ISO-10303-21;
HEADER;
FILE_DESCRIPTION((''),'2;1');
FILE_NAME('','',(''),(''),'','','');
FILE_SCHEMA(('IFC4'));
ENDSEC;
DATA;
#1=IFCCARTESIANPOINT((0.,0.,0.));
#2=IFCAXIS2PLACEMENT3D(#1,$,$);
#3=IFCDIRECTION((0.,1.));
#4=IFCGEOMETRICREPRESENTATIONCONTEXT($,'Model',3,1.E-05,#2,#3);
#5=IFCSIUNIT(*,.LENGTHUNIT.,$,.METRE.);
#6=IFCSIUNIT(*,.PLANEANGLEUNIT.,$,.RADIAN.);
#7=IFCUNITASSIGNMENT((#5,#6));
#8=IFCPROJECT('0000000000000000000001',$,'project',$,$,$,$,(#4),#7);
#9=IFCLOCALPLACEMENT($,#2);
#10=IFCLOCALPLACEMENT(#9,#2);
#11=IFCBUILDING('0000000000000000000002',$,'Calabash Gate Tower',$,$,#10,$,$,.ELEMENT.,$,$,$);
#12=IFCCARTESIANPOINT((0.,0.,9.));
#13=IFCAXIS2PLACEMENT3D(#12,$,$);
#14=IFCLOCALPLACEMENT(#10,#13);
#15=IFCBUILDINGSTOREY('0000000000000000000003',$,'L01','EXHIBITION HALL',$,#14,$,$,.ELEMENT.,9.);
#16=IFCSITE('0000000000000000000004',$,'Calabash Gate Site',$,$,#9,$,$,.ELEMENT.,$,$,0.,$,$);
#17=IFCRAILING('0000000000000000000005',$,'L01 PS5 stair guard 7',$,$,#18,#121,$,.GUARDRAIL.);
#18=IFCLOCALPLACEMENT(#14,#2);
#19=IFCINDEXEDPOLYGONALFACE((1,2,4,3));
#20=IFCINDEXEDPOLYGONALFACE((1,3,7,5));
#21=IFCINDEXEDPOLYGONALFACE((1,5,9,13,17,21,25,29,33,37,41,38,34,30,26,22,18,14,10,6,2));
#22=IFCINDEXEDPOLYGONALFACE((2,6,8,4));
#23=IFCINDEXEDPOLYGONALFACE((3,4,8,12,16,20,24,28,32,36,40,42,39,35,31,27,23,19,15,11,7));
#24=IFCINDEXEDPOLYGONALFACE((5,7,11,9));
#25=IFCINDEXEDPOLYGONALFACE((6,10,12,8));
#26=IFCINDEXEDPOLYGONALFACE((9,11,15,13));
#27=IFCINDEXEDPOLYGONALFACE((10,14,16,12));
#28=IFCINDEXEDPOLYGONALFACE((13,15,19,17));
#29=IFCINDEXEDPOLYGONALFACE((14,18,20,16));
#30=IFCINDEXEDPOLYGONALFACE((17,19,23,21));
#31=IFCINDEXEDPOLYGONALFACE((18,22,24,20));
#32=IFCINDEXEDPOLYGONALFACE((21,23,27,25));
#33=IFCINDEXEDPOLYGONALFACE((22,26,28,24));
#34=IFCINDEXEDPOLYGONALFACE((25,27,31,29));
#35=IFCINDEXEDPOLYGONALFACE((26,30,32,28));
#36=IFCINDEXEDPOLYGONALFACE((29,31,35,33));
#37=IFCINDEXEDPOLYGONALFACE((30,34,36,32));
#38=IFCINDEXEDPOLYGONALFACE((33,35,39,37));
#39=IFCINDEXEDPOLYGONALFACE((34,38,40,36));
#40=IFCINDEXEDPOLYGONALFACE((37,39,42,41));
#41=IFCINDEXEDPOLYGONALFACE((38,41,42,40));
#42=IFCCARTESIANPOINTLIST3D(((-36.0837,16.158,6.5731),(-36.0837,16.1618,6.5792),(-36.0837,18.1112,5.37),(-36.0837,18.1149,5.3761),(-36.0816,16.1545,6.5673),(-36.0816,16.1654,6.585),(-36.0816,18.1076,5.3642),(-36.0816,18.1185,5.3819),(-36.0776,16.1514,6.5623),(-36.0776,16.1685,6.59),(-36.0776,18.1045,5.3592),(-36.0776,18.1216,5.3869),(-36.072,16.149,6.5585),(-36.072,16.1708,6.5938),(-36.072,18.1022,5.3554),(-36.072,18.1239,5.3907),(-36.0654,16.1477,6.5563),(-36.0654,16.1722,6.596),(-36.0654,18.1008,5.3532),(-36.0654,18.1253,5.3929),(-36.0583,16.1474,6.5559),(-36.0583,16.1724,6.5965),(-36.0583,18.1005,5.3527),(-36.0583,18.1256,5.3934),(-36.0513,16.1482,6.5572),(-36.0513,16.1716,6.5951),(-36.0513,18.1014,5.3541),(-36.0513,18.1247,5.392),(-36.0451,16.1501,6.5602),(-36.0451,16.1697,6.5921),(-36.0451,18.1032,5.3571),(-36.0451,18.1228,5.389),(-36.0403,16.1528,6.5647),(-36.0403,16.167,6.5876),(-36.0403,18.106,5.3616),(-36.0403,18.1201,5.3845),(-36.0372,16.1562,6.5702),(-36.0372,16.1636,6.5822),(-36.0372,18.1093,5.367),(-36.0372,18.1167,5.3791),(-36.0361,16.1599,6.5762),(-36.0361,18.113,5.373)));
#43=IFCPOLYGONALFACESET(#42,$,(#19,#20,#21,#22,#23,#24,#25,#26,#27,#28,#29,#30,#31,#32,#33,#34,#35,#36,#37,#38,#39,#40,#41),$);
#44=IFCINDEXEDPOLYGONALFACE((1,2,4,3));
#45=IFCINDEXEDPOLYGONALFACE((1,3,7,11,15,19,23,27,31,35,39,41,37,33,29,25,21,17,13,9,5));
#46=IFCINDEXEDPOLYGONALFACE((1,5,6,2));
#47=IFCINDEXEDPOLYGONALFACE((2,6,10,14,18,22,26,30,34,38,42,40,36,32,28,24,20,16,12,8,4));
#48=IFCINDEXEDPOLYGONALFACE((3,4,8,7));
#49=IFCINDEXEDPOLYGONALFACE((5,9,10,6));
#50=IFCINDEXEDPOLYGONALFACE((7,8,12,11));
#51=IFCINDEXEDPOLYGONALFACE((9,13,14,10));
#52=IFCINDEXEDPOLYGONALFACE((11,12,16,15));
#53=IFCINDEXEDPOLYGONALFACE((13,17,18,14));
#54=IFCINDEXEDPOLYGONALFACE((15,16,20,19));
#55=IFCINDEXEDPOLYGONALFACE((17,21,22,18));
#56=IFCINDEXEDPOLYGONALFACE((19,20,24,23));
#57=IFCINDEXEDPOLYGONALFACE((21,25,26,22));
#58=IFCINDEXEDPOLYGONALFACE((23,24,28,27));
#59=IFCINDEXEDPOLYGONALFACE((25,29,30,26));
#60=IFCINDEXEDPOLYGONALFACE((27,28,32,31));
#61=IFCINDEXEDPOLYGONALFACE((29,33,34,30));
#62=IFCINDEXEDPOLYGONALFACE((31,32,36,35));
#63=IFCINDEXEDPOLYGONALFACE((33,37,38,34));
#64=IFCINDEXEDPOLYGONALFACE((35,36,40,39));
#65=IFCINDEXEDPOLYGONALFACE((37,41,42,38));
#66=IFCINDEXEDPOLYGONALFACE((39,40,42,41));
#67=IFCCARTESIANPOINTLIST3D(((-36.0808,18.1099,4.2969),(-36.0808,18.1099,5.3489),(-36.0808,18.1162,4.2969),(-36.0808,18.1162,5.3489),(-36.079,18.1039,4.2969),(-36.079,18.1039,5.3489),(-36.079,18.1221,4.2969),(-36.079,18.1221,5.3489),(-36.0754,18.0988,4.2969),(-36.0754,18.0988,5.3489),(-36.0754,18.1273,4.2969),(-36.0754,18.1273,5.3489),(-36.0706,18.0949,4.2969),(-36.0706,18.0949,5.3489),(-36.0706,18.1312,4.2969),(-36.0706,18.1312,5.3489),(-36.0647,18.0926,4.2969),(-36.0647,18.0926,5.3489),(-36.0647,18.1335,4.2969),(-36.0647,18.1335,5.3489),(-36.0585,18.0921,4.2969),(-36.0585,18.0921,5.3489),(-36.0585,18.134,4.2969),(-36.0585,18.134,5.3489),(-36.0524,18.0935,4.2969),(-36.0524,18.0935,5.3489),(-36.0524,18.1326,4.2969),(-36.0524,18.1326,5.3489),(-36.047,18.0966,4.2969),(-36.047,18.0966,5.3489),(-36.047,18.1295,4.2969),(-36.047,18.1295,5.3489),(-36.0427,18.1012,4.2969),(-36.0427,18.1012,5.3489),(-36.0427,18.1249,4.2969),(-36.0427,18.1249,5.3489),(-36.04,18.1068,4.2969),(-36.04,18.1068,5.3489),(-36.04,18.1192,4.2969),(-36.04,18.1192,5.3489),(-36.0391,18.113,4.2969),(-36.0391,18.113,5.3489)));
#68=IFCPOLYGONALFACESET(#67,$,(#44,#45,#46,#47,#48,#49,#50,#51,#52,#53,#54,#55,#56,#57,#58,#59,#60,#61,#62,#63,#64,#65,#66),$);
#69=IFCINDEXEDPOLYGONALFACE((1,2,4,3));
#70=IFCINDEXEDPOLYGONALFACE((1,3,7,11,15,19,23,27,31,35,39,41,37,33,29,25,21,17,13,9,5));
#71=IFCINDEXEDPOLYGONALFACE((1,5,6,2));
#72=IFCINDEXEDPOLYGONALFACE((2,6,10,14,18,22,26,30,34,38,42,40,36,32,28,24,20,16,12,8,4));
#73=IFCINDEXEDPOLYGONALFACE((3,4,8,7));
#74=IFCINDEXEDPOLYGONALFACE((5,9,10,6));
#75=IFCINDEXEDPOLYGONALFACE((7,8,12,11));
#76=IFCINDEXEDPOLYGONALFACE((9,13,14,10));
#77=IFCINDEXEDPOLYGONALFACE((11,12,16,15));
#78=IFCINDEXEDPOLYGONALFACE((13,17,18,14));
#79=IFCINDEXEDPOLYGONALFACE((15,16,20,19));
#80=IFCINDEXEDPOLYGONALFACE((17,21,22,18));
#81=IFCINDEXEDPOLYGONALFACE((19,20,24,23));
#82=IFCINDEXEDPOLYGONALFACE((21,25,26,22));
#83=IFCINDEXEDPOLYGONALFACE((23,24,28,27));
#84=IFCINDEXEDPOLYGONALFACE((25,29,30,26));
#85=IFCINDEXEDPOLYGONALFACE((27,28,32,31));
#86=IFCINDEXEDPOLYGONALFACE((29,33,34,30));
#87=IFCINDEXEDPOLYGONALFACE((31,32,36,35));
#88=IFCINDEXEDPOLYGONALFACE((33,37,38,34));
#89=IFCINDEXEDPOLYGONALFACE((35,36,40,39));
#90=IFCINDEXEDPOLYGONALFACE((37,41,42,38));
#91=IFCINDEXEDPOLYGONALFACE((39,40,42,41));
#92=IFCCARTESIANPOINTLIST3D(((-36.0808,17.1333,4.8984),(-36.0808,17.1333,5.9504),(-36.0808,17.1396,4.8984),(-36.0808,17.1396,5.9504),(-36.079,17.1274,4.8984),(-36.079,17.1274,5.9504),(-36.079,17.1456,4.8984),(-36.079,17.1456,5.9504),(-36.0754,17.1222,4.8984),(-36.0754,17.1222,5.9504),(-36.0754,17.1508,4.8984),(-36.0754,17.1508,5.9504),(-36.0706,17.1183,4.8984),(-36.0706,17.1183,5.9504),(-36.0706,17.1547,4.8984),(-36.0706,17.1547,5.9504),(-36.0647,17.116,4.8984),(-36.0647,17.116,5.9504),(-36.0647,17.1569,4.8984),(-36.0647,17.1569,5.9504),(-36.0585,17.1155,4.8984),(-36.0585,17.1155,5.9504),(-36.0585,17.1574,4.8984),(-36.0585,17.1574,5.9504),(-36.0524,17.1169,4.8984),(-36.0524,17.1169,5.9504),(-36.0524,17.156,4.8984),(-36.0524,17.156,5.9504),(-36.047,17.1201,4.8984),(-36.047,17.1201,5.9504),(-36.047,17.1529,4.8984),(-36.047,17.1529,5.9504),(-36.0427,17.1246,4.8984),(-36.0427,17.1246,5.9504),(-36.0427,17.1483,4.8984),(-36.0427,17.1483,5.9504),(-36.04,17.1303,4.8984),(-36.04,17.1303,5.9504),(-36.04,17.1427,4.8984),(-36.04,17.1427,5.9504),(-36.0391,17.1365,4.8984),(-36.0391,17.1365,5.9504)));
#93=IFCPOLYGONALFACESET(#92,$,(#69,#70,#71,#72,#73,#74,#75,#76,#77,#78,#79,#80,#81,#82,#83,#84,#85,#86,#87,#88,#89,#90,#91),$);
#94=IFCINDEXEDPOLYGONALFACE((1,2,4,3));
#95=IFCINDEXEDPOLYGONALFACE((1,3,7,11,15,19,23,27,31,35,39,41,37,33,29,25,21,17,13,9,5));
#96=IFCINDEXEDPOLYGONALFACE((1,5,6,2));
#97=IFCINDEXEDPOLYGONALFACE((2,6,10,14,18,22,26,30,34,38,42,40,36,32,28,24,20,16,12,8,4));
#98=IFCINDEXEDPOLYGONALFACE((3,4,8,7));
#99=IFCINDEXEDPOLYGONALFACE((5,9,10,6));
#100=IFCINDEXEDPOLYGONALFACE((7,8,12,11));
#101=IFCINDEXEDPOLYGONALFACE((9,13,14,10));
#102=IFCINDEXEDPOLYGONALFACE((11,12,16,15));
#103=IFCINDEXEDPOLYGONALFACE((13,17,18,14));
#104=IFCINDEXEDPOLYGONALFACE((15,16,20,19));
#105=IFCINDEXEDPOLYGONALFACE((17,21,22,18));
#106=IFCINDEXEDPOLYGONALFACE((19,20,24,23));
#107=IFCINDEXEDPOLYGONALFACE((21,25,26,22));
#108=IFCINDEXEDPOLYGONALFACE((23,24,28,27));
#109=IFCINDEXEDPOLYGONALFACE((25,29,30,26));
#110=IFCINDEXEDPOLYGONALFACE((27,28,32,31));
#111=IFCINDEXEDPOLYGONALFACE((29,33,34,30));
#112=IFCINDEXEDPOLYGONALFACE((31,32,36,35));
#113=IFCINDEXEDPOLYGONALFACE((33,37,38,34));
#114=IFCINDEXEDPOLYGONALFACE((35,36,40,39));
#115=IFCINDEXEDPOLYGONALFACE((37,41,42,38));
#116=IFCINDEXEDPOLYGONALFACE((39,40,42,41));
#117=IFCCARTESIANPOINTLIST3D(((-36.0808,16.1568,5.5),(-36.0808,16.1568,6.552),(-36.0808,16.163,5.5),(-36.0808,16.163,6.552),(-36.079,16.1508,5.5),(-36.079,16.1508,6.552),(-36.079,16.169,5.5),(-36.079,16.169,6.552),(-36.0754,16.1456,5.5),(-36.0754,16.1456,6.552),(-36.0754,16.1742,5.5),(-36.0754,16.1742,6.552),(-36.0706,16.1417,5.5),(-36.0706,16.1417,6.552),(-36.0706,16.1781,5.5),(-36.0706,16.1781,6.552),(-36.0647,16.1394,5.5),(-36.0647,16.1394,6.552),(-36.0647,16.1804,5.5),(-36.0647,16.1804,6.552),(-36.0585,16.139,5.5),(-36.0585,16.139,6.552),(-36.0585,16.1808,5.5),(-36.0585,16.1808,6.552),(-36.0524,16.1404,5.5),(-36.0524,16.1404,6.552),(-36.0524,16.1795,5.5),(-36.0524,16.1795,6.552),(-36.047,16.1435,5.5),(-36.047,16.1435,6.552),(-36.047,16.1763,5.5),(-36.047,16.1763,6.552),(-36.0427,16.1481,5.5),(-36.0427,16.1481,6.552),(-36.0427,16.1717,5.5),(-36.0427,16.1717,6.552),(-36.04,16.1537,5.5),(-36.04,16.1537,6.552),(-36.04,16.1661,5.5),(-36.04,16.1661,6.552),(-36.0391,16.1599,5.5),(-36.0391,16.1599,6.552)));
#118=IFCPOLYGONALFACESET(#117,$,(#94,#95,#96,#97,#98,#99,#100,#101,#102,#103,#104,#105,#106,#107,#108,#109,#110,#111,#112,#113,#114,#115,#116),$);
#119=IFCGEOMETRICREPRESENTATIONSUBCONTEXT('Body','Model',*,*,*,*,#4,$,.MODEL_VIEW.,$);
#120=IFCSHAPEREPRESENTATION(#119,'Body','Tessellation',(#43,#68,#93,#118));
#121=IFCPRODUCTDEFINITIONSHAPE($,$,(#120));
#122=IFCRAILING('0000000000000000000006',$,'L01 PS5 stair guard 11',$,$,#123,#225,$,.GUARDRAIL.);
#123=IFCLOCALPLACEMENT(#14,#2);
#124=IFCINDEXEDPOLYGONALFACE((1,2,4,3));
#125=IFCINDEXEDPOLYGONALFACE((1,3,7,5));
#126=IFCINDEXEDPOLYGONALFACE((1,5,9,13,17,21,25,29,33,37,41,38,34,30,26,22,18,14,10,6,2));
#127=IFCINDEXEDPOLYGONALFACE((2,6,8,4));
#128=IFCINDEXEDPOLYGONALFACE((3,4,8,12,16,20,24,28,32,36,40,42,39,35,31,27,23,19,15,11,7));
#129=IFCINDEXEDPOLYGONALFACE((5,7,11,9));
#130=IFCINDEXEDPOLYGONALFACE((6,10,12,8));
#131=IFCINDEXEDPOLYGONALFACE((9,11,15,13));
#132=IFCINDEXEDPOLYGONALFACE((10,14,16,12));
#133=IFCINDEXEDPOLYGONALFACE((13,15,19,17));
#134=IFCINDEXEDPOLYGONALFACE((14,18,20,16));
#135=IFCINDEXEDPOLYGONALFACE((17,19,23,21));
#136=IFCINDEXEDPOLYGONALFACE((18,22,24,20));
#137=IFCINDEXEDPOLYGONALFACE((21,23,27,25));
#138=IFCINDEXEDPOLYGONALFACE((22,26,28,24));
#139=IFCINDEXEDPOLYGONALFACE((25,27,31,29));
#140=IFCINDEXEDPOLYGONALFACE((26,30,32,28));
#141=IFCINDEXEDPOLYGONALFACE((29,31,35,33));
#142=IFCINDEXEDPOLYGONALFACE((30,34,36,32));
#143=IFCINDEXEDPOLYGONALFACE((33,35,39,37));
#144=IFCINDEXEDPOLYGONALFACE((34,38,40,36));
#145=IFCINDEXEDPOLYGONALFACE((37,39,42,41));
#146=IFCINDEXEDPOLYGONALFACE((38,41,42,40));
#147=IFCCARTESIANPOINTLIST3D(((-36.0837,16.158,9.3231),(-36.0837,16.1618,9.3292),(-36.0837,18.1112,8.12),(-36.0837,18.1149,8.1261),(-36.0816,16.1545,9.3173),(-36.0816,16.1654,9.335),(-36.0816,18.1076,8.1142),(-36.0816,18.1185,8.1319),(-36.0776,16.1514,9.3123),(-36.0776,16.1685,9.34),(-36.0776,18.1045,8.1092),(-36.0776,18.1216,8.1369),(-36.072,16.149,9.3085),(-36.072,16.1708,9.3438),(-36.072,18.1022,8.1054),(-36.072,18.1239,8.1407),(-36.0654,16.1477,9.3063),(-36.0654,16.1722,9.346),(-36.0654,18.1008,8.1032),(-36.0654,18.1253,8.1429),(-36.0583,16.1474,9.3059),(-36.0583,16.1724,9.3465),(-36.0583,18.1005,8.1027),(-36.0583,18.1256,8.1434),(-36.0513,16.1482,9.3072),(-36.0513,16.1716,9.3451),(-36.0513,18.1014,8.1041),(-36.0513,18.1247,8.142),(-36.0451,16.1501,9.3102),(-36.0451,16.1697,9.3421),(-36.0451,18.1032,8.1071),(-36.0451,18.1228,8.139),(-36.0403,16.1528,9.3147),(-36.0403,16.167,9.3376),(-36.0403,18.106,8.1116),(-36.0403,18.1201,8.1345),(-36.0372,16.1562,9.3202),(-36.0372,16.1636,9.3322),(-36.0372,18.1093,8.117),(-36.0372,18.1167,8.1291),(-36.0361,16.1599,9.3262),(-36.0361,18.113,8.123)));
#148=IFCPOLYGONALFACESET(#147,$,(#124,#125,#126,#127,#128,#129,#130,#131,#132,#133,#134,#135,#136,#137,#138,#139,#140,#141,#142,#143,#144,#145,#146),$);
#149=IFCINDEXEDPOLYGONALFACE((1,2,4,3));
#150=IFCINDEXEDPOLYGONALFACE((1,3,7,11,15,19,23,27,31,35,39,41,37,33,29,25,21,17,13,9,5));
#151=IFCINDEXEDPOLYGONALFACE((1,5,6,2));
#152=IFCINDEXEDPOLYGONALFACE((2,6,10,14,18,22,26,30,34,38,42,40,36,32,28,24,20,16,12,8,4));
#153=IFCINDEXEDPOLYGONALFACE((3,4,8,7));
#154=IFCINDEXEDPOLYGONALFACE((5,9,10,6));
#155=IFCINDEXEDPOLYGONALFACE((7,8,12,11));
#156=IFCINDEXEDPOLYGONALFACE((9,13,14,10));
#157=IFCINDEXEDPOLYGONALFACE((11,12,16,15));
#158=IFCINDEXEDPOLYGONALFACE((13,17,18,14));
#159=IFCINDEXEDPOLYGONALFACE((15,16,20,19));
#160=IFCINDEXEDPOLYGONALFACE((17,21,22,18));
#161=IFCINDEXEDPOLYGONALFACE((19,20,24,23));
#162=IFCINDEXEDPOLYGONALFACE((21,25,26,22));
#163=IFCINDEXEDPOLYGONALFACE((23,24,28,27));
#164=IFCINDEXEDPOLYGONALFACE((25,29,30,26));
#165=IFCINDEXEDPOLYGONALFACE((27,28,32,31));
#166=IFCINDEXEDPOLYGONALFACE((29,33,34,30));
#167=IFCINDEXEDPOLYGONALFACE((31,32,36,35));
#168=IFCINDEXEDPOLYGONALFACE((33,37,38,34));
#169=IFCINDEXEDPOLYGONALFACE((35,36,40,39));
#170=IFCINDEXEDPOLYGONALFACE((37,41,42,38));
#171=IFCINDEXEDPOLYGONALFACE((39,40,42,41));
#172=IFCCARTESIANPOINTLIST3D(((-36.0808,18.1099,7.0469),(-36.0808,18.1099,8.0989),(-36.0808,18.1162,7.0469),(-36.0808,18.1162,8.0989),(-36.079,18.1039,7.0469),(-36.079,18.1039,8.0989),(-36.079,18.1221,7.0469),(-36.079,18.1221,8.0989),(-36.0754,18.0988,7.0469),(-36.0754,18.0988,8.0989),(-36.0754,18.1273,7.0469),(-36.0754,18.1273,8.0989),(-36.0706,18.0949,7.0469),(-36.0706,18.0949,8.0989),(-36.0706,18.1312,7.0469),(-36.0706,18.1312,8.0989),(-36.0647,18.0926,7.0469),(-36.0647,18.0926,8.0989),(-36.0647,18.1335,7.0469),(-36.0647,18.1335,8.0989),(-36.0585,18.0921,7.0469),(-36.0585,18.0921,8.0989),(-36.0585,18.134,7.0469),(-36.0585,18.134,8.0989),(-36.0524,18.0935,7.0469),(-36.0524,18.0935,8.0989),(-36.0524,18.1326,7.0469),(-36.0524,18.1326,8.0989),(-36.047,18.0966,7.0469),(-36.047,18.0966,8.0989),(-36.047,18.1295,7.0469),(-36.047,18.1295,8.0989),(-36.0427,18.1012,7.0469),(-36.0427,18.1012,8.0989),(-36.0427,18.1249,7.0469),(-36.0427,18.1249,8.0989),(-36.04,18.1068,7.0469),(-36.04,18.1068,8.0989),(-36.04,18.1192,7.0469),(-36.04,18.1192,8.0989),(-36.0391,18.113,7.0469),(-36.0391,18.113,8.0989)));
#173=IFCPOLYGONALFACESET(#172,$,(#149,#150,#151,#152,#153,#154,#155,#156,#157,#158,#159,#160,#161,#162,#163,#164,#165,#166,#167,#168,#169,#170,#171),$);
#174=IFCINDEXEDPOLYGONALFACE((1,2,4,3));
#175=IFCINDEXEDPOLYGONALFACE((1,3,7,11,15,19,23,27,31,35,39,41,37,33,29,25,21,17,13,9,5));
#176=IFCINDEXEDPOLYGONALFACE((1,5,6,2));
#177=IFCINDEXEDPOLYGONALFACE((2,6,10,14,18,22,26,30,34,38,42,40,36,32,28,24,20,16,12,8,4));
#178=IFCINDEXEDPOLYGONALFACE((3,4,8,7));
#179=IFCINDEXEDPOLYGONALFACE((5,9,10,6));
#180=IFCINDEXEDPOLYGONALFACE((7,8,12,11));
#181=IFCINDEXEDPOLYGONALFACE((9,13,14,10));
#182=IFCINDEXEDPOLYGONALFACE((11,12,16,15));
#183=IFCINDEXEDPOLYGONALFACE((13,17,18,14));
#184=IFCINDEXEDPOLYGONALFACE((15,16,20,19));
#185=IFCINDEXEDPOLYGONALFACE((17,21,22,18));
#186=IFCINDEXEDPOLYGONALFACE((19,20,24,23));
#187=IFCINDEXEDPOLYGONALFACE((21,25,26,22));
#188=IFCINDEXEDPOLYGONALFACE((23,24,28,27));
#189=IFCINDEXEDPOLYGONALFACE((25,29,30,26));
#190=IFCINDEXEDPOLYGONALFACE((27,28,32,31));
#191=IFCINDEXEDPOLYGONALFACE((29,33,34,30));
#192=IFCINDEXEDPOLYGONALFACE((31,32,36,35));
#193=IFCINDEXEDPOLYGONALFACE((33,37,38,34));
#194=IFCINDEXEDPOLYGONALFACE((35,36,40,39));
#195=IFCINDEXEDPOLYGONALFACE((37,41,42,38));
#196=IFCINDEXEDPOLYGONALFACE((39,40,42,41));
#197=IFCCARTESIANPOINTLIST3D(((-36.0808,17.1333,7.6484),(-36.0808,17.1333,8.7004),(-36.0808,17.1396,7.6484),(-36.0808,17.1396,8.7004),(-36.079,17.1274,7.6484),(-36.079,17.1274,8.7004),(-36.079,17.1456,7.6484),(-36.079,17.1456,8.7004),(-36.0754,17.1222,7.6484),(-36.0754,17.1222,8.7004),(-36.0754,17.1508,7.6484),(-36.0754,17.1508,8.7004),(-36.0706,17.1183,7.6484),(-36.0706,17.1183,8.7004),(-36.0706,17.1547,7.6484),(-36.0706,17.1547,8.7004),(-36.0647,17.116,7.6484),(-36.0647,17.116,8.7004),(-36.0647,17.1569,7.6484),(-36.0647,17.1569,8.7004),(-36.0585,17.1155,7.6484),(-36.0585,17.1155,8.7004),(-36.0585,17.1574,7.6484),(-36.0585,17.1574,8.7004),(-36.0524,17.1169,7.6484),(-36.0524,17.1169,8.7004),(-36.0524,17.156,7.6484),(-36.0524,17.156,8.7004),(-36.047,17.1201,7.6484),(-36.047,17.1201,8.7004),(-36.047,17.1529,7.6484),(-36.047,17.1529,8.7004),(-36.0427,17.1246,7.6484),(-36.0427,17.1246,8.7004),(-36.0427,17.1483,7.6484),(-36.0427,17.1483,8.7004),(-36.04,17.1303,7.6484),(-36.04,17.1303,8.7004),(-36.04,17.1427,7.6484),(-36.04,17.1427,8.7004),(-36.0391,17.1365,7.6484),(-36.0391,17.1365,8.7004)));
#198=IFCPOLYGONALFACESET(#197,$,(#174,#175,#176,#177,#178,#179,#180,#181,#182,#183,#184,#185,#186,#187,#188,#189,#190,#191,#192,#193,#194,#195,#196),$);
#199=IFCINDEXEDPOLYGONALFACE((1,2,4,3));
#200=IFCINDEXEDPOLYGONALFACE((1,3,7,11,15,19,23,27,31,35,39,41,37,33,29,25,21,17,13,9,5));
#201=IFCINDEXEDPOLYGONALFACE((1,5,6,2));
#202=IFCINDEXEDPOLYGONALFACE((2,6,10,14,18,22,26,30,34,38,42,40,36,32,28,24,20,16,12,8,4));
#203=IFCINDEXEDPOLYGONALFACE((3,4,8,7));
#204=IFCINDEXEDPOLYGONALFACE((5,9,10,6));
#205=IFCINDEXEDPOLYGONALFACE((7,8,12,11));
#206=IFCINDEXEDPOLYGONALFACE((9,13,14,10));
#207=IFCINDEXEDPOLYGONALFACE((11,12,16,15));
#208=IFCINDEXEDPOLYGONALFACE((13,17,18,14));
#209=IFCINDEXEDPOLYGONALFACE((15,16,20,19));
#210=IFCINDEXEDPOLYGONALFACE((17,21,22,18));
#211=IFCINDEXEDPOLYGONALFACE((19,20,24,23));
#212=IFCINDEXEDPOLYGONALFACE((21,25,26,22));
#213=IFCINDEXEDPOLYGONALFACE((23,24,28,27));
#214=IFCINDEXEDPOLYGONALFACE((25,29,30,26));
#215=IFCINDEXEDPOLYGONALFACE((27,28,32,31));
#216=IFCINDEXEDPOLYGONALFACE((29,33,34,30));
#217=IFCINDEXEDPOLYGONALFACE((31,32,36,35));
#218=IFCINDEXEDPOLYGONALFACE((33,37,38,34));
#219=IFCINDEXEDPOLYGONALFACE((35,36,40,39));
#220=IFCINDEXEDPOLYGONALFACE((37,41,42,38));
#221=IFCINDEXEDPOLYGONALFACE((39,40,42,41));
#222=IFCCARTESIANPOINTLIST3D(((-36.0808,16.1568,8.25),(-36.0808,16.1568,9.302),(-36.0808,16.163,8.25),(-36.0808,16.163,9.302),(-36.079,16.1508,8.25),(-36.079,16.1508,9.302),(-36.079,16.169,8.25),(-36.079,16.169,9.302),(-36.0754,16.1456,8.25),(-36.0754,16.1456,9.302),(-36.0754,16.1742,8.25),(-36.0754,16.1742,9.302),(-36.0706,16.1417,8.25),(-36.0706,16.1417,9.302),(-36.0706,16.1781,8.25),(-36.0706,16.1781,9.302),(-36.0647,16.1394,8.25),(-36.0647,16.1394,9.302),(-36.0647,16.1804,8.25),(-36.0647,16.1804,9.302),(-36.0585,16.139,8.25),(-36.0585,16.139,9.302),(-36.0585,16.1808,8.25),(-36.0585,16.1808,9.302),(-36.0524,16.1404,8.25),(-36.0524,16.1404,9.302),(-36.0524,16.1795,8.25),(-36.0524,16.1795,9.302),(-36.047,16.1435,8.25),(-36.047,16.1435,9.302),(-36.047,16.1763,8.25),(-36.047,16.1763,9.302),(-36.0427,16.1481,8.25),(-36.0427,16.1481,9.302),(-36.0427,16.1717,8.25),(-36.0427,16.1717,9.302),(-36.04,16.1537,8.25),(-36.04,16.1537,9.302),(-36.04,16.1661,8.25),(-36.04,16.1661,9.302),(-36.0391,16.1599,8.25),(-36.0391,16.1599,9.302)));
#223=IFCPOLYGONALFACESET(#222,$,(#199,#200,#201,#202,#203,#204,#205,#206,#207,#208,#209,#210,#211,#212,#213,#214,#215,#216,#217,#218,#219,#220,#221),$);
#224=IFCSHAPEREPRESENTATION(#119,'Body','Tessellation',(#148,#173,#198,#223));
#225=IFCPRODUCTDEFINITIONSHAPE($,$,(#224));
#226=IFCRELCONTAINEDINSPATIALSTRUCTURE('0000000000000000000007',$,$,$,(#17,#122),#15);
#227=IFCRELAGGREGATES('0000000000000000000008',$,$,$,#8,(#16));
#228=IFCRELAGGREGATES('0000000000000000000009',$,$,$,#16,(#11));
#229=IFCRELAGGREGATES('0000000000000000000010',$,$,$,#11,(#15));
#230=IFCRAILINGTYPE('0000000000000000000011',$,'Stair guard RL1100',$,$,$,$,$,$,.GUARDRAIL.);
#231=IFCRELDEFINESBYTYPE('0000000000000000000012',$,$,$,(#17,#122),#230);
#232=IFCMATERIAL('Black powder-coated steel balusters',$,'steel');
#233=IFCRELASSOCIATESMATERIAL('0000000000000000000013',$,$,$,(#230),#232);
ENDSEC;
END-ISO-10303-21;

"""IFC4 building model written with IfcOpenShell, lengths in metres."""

from ifc_helpers import new_model, si_unit, direction, frame, origin, origin_2d, place, context, subcontext, project, spatial, circle, extrude, material, type_object, element, save


model = new_model("IFC4")

# Units and contexts
model_context = context("Model", 3, precision=1e-05, world=origin(), true_north=direction((0.0, 1.0)))
body_context = subcontext(model_context, "Body", "Model", "MODEL_VIEW")
ifc_project = project(units=[si_unit("LENGTHUNIT", "METRE"), si_unit("PLANEANGLEUNIT", "RADIAN")], contexts=[model_context])

# Site, building, storey
site_placement = place(None, origin())
site = spatial("IfcSite", under=ifc_project, at=site_placement, Name="Calabash Gate Site", CompositionType="ELEMENT", RefElevation=0.0)
building_placement = place(site_placement, origin())
building = spatial("IfcBuilding", under=site, at=building_placement, Name="Calabash Gate Tower", CompositionType="ELEMENT")
storey_placement = place(building_placement, frame((0.0, 0.0, 9.0)))
storey = spatial("IfcBuildingStorey", under=building, at=storey_placement, Name="L01", Description="EXHIBITION HALL", CompositionType="ELEMENT", Elevation=9.0)

# Railings
ifc_material_1 = material(Name="Black powder-coated steel balusters", Category="steel")
railing_type_1 = type_object("IfcRailingType", Name="Stair guard RL1100", PredefinedType="GUARDRAIL", material=ifc_material_1)
for number, where, name in (
    (1, (-36.0601, 18.113, 4.2969), "L01 PS5 stair guard 7"),
    (2, (-36.0601, 18.113, 7.0469), "L01 PS5 stair guard 11"),
):
    element("IfcRailing", number, at=place(storey_placement, frame(where)), inside=storey, type_object=railing_type_1, Name=name, PredefinedType="GUARDRAIL", context=body_context, shape_type="SweptSolid", body=[
        extrude(circle(Radius=0.0239, at=origin_2d()), frame((0.0, 0.0, 1.0762), z_axis=(0.0, -0.851424, 0.524477), x_axis=(1.0, 0.0, 0.0)), (0.0, 0.0, 1.0), 2.2939),
        extrude(circle(Radius=0.021, at=origin_2d()), origin(), (0.0, 0.0, 1.0), 1.052),
        extrude(circle(Radius=0.021, at=origin_2d()), frame((0.0, -0.9766, 0.6016)), (0.0, 0.0, 1.0), 1.052),
        extrude(circle(Radius=0.021, at=origin_2d()), frame((0.0, -1.9531, 1.2031)), (0.0, 0.0, 1.0), 1.052),
    ])

save(model, "model.ifc")
